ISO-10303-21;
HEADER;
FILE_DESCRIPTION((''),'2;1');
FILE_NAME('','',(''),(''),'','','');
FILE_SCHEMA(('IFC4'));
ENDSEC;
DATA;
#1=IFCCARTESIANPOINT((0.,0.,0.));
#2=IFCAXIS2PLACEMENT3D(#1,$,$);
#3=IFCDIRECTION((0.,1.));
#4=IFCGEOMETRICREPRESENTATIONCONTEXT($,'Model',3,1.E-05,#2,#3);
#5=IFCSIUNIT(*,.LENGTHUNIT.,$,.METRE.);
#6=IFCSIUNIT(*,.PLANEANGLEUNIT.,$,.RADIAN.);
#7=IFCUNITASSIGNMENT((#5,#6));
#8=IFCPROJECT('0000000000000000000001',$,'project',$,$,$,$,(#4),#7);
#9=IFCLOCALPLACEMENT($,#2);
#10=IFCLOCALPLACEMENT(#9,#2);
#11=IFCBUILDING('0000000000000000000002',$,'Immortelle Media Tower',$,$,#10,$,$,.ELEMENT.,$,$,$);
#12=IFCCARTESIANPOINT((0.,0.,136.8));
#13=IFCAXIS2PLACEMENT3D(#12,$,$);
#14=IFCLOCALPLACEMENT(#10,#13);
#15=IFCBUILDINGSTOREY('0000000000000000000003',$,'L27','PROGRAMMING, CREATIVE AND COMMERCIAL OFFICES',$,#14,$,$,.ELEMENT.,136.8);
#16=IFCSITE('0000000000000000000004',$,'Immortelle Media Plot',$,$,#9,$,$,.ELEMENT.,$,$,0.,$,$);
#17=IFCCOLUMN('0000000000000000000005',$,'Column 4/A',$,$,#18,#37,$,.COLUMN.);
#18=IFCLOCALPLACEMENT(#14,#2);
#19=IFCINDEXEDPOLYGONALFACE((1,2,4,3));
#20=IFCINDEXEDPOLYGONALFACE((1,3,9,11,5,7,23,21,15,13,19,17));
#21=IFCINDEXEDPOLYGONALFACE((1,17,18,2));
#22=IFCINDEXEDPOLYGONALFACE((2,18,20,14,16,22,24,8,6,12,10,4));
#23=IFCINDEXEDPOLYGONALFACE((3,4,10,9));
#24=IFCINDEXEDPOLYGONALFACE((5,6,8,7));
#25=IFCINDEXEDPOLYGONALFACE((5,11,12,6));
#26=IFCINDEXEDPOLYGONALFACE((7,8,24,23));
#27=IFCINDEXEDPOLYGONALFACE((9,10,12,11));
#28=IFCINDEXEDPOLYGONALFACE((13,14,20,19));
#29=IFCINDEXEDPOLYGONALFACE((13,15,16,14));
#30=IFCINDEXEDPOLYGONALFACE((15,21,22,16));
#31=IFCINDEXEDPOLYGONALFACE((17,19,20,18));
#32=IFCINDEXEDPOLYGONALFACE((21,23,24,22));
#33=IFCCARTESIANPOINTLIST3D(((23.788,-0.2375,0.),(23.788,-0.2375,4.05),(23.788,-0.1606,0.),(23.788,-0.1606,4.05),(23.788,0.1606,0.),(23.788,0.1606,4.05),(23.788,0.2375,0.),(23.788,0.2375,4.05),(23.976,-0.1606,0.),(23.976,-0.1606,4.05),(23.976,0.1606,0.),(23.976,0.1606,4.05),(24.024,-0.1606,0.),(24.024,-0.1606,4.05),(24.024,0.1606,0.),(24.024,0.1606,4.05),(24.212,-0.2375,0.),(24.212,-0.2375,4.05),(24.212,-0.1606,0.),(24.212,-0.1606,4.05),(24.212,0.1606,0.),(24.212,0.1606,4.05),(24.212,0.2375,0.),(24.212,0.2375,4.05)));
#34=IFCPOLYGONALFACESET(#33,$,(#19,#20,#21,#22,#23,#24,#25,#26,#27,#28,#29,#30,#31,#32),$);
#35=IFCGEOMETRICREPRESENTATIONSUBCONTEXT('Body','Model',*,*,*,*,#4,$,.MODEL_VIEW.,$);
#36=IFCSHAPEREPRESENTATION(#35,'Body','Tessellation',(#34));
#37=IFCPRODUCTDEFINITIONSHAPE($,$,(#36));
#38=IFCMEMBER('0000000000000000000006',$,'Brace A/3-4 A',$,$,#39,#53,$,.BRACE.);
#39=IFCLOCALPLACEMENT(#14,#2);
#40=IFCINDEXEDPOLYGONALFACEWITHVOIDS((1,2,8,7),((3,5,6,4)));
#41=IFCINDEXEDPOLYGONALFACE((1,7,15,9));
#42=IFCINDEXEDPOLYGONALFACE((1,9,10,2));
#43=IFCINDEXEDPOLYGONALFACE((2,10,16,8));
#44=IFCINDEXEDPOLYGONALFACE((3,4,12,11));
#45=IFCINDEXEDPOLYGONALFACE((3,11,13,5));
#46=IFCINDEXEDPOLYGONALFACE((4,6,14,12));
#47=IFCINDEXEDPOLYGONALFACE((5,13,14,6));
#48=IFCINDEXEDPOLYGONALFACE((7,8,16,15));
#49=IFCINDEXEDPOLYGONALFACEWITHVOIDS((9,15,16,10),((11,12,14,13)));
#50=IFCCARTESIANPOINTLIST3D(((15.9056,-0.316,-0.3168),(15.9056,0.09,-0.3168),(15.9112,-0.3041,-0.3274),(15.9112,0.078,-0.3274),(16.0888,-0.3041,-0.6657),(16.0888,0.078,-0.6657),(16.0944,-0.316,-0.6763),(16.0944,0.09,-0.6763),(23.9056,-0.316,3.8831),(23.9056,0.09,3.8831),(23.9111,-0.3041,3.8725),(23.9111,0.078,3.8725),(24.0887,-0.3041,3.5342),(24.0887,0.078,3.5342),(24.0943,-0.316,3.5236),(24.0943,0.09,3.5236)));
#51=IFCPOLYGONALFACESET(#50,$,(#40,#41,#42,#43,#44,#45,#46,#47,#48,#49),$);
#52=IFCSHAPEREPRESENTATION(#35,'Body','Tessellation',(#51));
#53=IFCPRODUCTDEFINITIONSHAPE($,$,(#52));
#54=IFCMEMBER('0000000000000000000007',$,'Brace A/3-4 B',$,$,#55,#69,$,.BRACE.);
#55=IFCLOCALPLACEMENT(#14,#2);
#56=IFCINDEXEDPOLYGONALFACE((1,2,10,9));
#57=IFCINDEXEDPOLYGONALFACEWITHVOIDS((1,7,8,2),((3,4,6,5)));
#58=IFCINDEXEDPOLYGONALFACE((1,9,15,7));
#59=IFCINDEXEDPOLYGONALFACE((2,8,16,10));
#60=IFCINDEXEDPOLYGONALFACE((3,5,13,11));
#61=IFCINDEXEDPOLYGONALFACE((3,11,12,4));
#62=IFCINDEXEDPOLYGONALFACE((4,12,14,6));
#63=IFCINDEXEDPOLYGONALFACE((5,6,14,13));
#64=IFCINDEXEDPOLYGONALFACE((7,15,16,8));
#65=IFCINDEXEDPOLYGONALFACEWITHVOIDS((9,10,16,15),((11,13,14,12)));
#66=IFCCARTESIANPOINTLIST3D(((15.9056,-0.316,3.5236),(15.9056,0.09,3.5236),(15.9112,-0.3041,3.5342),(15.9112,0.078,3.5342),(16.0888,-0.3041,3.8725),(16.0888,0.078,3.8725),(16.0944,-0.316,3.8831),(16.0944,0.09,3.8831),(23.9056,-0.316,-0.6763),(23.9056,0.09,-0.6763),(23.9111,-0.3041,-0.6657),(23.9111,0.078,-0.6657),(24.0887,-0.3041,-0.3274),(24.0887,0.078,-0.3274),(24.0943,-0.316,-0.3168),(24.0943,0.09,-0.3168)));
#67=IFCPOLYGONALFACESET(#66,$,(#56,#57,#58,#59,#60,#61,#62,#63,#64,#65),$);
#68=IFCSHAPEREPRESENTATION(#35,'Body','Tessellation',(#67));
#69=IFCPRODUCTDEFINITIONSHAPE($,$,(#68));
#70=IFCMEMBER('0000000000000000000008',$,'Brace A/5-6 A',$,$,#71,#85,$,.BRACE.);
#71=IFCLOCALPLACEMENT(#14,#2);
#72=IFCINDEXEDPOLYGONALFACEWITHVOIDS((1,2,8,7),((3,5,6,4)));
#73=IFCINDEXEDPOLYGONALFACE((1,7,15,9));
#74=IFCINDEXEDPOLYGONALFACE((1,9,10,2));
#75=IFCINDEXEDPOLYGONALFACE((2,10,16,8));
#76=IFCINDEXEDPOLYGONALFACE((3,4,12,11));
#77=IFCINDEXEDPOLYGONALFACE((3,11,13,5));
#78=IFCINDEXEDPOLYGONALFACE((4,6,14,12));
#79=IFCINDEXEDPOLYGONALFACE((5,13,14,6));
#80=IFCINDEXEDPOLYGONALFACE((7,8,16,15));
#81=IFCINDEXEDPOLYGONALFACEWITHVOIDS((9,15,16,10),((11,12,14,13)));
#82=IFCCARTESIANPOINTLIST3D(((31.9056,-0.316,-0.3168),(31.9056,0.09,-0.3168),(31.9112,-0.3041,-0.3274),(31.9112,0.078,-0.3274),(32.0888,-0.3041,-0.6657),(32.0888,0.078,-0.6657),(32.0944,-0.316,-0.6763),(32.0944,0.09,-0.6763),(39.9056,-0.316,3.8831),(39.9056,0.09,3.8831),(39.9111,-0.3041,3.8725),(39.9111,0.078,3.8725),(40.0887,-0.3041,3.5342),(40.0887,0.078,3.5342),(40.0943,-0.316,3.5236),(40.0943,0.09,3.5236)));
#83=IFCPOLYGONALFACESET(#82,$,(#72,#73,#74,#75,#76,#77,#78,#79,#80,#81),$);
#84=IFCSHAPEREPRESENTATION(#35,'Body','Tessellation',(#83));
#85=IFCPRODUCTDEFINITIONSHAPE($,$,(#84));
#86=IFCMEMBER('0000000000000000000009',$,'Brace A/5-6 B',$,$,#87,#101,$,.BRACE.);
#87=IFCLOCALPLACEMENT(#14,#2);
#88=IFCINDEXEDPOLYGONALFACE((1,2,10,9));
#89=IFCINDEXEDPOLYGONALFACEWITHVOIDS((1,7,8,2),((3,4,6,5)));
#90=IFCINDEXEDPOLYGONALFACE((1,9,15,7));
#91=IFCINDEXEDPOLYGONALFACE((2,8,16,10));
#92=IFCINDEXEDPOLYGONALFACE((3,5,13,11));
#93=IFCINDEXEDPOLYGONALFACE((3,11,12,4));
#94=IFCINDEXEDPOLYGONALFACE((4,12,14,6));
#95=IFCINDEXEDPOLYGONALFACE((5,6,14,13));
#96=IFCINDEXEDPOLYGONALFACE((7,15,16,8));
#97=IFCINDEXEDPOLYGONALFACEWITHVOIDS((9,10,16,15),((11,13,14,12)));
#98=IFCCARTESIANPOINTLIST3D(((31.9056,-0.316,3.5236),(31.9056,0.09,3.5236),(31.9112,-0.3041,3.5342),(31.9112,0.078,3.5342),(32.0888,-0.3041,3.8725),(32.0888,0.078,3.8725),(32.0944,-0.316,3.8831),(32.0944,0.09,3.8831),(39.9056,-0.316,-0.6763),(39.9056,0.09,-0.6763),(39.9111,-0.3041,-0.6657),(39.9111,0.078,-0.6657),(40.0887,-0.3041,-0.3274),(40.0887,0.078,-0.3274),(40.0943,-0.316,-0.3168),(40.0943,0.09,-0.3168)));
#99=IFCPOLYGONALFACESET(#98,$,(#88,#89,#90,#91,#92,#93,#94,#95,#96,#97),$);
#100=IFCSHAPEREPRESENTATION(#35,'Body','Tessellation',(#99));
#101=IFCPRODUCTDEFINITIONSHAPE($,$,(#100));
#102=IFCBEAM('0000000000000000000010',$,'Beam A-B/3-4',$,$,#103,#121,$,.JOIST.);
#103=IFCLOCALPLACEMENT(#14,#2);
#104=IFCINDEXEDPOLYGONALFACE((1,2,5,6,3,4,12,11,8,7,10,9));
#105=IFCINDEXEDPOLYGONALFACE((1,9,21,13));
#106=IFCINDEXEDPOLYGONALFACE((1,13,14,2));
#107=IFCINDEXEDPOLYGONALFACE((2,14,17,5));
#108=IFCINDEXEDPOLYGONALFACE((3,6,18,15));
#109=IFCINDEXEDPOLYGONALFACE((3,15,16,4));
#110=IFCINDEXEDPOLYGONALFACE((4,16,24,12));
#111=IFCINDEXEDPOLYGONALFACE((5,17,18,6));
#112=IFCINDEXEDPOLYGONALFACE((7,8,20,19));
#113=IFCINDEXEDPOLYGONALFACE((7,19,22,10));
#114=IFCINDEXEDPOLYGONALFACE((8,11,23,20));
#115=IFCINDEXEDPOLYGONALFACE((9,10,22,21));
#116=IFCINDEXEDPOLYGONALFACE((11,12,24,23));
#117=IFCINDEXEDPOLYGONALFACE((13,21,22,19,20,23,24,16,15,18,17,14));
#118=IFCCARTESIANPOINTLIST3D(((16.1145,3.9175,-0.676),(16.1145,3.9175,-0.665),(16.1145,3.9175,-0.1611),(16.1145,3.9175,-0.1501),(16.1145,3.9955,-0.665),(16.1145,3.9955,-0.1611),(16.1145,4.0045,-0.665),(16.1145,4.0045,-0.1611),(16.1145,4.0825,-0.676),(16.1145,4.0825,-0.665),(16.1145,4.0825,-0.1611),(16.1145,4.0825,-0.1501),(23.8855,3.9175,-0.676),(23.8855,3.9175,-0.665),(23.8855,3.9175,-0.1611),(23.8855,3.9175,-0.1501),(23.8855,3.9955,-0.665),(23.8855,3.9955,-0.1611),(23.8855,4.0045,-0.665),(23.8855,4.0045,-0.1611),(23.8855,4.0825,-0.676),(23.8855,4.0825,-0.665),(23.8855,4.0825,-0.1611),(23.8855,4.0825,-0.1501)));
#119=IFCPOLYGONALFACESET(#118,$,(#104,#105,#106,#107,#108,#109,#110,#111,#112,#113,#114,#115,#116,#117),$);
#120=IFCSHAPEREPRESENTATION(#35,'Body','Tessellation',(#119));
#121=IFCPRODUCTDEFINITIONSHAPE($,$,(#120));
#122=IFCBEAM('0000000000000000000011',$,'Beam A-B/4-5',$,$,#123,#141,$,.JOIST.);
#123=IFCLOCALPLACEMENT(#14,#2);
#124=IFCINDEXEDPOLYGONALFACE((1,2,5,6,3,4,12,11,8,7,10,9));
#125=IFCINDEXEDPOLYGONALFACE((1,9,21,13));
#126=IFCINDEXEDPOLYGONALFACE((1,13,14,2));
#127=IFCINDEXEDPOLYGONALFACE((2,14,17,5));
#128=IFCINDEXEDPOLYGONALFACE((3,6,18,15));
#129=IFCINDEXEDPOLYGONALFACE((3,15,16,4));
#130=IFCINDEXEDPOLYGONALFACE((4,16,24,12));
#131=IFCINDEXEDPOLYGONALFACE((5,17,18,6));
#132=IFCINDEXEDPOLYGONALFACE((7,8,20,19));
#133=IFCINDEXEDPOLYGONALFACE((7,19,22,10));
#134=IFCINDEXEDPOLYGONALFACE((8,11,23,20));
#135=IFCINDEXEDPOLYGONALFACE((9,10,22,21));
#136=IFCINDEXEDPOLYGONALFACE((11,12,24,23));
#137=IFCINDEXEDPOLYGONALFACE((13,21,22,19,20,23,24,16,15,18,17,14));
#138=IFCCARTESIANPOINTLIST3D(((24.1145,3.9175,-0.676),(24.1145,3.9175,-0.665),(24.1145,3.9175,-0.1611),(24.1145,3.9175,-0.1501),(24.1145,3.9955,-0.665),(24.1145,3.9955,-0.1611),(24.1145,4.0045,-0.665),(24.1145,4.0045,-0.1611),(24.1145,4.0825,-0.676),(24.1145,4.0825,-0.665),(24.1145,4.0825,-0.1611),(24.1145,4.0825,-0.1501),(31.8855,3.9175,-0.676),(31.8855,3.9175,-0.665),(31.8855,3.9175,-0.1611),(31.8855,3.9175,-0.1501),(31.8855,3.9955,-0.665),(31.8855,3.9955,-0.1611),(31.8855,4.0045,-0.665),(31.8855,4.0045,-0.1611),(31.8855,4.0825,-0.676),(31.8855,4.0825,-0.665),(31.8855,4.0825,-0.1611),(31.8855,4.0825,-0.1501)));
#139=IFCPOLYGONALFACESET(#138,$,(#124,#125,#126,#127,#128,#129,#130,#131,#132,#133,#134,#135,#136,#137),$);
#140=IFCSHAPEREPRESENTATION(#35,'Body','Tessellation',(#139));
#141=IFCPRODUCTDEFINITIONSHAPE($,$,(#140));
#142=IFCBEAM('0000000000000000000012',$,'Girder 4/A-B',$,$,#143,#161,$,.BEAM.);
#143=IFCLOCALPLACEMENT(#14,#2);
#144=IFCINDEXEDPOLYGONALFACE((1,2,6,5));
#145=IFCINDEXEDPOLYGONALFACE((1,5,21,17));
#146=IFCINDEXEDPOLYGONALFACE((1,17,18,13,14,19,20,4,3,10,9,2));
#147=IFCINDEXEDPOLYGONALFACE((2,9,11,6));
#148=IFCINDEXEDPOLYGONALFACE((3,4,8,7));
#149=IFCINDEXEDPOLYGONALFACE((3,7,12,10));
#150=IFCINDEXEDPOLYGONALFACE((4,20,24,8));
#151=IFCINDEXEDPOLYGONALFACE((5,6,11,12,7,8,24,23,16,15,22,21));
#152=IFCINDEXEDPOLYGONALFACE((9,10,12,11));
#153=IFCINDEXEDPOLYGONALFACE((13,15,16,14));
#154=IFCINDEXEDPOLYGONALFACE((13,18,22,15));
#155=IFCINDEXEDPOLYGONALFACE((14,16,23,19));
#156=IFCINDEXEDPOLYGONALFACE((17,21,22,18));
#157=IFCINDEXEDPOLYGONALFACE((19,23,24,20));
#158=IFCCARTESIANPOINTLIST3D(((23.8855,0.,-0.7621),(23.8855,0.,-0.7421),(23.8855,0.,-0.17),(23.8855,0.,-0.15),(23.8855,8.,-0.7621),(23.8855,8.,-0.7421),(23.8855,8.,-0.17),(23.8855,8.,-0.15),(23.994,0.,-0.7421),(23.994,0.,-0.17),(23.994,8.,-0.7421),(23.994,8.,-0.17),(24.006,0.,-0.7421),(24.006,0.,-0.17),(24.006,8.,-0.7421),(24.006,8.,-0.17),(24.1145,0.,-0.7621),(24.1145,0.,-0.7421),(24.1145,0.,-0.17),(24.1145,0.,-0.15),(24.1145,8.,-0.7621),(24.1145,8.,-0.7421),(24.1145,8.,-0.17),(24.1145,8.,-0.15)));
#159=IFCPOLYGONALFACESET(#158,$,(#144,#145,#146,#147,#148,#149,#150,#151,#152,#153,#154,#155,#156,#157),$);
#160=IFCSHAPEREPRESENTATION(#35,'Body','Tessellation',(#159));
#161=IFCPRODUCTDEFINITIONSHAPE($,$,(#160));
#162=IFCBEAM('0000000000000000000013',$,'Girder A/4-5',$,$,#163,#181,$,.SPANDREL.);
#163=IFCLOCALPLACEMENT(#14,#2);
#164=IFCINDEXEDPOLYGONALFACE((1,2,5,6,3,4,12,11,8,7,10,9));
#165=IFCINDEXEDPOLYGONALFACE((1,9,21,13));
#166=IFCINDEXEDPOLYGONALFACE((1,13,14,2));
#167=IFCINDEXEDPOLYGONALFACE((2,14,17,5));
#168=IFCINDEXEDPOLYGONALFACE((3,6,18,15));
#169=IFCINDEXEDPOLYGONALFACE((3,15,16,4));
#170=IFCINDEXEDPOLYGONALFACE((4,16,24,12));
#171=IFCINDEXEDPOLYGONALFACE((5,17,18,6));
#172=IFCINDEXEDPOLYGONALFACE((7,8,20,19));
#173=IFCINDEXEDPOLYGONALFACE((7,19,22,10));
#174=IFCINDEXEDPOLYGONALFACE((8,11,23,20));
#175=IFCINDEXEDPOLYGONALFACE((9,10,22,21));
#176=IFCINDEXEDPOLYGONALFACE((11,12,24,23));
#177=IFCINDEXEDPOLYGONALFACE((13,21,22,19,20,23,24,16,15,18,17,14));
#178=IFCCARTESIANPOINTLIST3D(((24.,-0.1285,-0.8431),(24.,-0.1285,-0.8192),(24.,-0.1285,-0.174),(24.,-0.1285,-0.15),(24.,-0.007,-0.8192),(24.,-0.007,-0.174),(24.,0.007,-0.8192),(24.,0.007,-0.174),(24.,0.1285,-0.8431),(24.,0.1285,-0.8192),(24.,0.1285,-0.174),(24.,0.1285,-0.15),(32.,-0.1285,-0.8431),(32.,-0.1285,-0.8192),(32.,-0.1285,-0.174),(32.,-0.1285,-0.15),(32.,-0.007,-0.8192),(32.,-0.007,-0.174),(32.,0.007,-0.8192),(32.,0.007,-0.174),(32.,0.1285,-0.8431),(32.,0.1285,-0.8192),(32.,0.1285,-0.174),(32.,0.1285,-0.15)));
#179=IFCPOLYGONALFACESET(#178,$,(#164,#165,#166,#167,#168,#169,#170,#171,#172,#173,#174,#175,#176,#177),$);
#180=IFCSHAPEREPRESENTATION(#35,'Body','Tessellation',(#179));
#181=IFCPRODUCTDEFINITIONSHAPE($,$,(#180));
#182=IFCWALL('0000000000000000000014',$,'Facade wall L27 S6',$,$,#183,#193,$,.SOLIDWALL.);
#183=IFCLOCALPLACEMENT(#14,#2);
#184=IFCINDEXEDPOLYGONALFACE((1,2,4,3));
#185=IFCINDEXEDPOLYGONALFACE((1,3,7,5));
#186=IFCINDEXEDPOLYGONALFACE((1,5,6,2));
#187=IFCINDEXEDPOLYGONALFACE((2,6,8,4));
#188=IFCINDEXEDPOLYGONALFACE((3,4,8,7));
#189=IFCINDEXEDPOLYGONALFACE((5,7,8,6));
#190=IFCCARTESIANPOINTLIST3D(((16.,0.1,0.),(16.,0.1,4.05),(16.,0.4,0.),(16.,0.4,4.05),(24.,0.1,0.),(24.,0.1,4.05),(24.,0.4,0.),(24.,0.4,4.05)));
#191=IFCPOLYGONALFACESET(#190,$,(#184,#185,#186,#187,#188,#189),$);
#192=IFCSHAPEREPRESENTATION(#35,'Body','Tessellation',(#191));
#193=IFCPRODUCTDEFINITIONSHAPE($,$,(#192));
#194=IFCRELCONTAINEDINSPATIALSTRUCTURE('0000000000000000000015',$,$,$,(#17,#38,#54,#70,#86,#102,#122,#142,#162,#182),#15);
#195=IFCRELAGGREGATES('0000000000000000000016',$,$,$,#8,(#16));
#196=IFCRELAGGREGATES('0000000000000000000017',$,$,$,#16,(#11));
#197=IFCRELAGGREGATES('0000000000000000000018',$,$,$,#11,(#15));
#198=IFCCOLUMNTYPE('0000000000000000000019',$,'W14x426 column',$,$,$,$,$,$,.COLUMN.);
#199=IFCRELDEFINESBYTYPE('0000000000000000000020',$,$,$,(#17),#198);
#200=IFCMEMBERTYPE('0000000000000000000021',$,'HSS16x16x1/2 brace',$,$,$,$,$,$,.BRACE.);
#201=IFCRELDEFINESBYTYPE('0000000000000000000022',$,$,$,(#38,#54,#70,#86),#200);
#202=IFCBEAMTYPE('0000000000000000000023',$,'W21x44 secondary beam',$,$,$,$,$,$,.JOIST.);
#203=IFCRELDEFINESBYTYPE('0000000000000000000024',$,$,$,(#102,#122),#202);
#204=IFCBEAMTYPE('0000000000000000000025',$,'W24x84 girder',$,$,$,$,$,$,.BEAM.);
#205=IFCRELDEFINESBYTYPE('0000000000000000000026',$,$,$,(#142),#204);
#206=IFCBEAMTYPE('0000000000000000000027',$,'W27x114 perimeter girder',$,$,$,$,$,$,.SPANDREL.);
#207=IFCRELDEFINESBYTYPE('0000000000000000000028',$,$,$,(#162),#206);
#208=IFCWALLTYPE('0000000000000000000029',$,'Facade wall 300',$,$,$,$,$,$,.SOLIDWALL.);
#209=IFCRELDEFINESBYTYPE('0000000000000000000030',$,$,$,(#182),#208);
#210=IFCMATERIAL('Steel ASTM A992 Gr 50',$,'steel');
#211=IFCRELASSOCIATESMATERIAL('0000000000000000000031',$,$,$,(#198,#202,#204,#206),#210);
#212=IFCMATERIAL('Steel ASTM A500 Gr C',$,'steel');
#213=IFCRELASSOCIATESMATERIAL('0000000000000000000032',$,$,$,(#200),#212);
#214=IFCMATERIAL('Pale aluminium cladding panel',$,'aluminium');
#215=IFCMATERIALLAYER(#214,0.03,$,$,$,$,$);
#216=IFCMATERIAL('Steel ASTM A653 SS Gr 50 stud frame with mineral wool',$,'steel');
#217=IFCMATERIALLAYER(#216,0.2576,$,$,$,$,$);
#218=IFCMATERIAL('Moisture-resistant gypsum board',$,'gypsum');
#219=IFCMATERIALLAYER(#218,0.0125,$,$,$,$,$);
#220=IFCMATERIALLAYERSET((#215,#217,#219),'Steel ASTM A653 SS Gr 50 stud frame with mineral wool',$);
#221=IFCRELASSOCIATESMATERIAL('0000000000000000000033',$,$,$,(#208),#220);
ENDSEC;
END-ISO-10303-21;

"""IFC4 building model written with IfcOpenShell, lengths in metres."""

from ifc_helpers import new_model, si_unit, direction, frame, frame_2d, origin, origin_2d, place, context, subcontext, project, spatial, rectangle, hollow_rectangle, i_section, extrude, material, layer, layer_set, material_profile, profile_set, type_object, element, save


model = new_model("IFC4")

# Units and contexts
model_context = context("Model", 3, precision=1e-05, world=origin(), true_north=direction((0.0, 1.0)))
body_context = subcontext(model_context, "Body", "Model", "MODEL_VIEW")
ifc_project = project(units=[si_unit("LENGTHUNIT", "METRE"), si_unit("PLANEANGLEUNIT", "RADIAN")], contexts=[model_context])

# Site, building, storey
site_placement = place(None, origin())
site = spatial("IfcSite", under=ifc_project, at=site_placement, Name="Immortelle Media Plot", CompositionType="ELEMENT", RefElevation=0.0)
building_placement = place(site_placement, origin())
building = spatial("IfcBuilding", under=site, at=building_placement, Name="Immortelle Media Tower", CompositionType="ELEMENT")
storey_placement = place(building_placement, frame((0.0, 0.0, 136.8)))
storey = spatial("IfcBuildingStorey", under=building, at=storey_placement, Name="L27", Description="PROGRAMMING, CREATIVE AND COMMERCIAL OFFICES", CompositionType="ELEMENT", Elevation=136.8)

# Column
ifc_material_1 = material(Name="Steel ASTM A992 Gr 50", Category="steel")
ifc_material_profile_1 = material_profile(ifc_material_1, i_section(OverallWidth=0.4241, OverallDepth=0.4751, WebThickness=0.0481, FlangeThickness=0.0769, at=origin_2d()), Name="W14x426")
ifc_profile_set_1 = profile_set([ifc_material_profile_1], Name="Steel ASTM A992 Gr 50")
column_type = type_object("IfcColumnType", Name="W14x426 column", PredefinedType="COLUMN", material=ifc_profile_set_1)
column_placement = place(storey_placement, frame((24.0, 0.0, 0.0), z_axis=(0.0, 0.0, 1.0), x_axis=(1.0, 0.0, 0.0)))
element("IfcColumn", 1, at=column_placement, inside=storey, type_object=column_type, Name="Column 4/A", PredefinedType="COLUMN", context=body_context, shape_type="SweptSolid", body=[
    extrude(i_section(OverallWidth=0.4241, OverallDepth=0.4751, WebThickness=0.0481, FlangeThickness=0.0769, at=origin_2d()), origin(), (0.0, 0.0, 1.0), 4.05),
])

# Members
ifc_material_2 = material(Name="Steel ASTM A500 Gr C", Category="steel")
ifc_material_profile_2 = material_profile(ifc_material_2, hollow_rectangle(XDim=0.406, YDim=0.406, WallThickness=0.012, at=origin_2d()), Name="HSS16x16x1/2 brace")
ifc_profile_set_2 = profile_set([ifc_material_profile_2], Name="Steel ASTM A500 Gr C")
member_type = type_object("IfcMemberType", Name="HSS16x16x1/2 brace", PredefinedType="BRACE", material=ifc_profile_set_2)
for number, where, z_axis, x_axis, name in (
    (2, (16.0, -0.113, -0.4966), (0.8854, 0.0, 0.46483), (0.0, 1.0, 0.0), "Brace A/3-4 A"),
    (3, (16.0, -0.113, 3.7034), (0.8854, 0.0, -0.46483), (0.0, 1.0, 0.0), "Brace A/3-4 B"),
    (4, (32.0, -0.113, -0.4966), (0.8854, 0.0, 0.46483), (0.0, 1.0, 0.0), "Brace A/5-6 A"),
    (5, (32.0, -0.113, 3.7034), (0.8854, 0.0, -0.46483), (0.0, 1.0, 0.0), "Brace A/5-6 B"),
):
    element("IfcMember", number, at=place(storey_placement, frame(where, z_axis=z_axis, x_axis=x_axis)), inside=storey, type_object=member_type, Name=name, PredefinedType="BRACE", context=body_context, shape_type="SweptSolid", body=[
        extrude(hollow_rectangle(XDim=0.406, YDim=0.406, WallThickness=0.012, at=origin_2d()), origin(), (0.0, 0.0, 1.0), 9.0354),
    ])

# Beams
ifc_material_profile_3 = material_profile(ifc_material_1, i_section(OverallWidth=0.165, OverallDepth=0.5259, WebThickness=0.009, FlangeThickness=0.011, at=origin_2d()), Name="W21x44")
ifc_profile_set_3 = profile_set([ifc_material_profile_3], Name="Steel ASTM A992 Gr 50")
beam_type_1 = type_object("IfcBeamType", Name="W21x44 secondary beam", PredefinedType="JOIST", material=ifc_profile_set_3)
for number, where, z_axis, x_axis, name in (
    (6, (16.1145, 4.0, -0.4131), (1.0, 0.0, 0.0), (0.0, 1.0, 0.0), "Beam A-B/3-4"),
    (7, (24.1145, 4.0, -0.4131), (1.0, 0.0, 0.0), (0.0, 1.0, 0.0), "Beam A-B/4-5"),
):
    element("IfcBeam", number, at=place(storey_placement, frame(where, z_axis=z_axis, x_axis=x_axis)), inside=storey, type_object=beam_type_1, Name=name, PredefinedType="JOIST", context=body_context, shape_type="SweptSolid", body=[
        extrude(i_section(OverallWidth=0.165, OverallDepth=0.5259, WebThickness=0.009, FlangeThickness=0.011, at=origin_2d()), origin(), (0.0, 0.0, 1.0), 7.771),
    ])
ifc_material_profile_4 = material_profile(ifc_material_1, i_section(OverallWidth=0.229, OverallDepth=0.6121, WebThickness=0.012, FlangeThickness=0.02, at=origin_2d()), Name="W24x84")
ifc_profile_set_4 = profile_set([ifc_material_profile_4], Name="Steel ASTM A992 Gr 50")
beam_type_2 = type_object("IfcBeamType", Name="W24x84 girder", PredefinedType="BEAM", material=ifc_profile_set_4)
beam_1_placement = place(storey_placement, frame((24.0, 0.0, -0.4561), z_axis=(0.0, 1.0, 0.0), x_axis=(-1.0, 0.0, 0.0)))
element("IfcBeam", 8, at=beam_1_placement, inside=storey, type_object=beam_type_2, Name="Girder 4/A-B", PredefinedType="BEAM", context=body_context, shape_type="SweptSolid", body=[
    extrude(i_section(OverallWidth=0.229, OverallDepth=0.6121, WebThickness=0.012, FlangeThickness=0.02, at=origin_2d()), origin(), (0.0, 0.0, 1.0), 8.0),
])
ifc_material_profile_5 = material_profile(ifc_material_1, i_section(OverallWidth=0.2571, OverallDepth=0.6931, WebThickness=0.0139, FlangeThickness=0.0239, at=origin_2d()), Name="W27x114")
ifc_profile_set_5 = profile_set([ifc_material_profile_5], Name="Steel ASTM A992 Gr 50")
beam_type_3 = type_object("IfcBeamType", Name="W27x114 perimeter girder", PredefinedType="SPANDREL", material=ifc_profile_set_5)
beam_2_placement = place(storey_placement, frame((24.0, 0.0, -0.4966), z_axis=(1.0, 0.0, 0.0), x_axis=(0.0, 1.0, 0.0)))
element("IfcBeam", 9, at=beam_2_placement, inside=storey, type_object=beam_type_3, Name="Girder A/4-5", PredefinedType="SPANDREL", context=body_context, shape_type="SweptSolid", body=[
    extrude(i_section(OverallWidth=0.2571, OverallDepth=0.6931, WebThickness=0.0139, FlangeThickness=0.0239, at=origin_2d()), origin(), (0.0, 0.0, 1.0), 8.0),
])

# Wall
ifc_material_3 = material(Name="Pale aluminium cladding panel", Category="aluminium")
ifc_layer_1 = layer(ifc_material_3, 0.03)
ifc_material_4 = material(Name="Steel ASTM A653 SS Gr 50 stud frame with mineral wool", Category="steel")
ifc_layer_2 = layer(ifc_material_4, 0.2576)
ifc_material_5 = material(Name="Moisture-resistant gypsum board", Category="gypsum")
ifc_layer_3 = layer(ifc_material_5, 0.0125)
ifc_layer_set_1 = layer_set([ifc_layer_1, ifc_layer_2, ifc_layer_3], Name="Steel ASTM A653 SS Gr 50 stud frame with mineral wool")
wall_type_1 = type_object("IfcWallType", Name="Facade wall 300", PredefinedType="SOLIDWALL", material=ifc_layer_set_1)
wall_1_placement = place(storey_placement, frame((16.0, 0.25, 0.0), z_axis=(0.0, 0.0, 1.0), x_axis=(1.0, 0.0, 0.0)))
element("IfcWall", 10, at=wall_1_placement, inside=storey, type_object=wall_type_1, Name="Facade wall L27 S6", PredefinedType="SOLIDWALL", context=body_context, shape_type="SweptSolid", body=[
    extrude(rectangle(XDim=8.0, YDim=0.3, at=frame_2d((4.0, 0.0))), origin(), (0.0, 0.0, 1.0), 4.05),
])

save(model, "model.ifc")
